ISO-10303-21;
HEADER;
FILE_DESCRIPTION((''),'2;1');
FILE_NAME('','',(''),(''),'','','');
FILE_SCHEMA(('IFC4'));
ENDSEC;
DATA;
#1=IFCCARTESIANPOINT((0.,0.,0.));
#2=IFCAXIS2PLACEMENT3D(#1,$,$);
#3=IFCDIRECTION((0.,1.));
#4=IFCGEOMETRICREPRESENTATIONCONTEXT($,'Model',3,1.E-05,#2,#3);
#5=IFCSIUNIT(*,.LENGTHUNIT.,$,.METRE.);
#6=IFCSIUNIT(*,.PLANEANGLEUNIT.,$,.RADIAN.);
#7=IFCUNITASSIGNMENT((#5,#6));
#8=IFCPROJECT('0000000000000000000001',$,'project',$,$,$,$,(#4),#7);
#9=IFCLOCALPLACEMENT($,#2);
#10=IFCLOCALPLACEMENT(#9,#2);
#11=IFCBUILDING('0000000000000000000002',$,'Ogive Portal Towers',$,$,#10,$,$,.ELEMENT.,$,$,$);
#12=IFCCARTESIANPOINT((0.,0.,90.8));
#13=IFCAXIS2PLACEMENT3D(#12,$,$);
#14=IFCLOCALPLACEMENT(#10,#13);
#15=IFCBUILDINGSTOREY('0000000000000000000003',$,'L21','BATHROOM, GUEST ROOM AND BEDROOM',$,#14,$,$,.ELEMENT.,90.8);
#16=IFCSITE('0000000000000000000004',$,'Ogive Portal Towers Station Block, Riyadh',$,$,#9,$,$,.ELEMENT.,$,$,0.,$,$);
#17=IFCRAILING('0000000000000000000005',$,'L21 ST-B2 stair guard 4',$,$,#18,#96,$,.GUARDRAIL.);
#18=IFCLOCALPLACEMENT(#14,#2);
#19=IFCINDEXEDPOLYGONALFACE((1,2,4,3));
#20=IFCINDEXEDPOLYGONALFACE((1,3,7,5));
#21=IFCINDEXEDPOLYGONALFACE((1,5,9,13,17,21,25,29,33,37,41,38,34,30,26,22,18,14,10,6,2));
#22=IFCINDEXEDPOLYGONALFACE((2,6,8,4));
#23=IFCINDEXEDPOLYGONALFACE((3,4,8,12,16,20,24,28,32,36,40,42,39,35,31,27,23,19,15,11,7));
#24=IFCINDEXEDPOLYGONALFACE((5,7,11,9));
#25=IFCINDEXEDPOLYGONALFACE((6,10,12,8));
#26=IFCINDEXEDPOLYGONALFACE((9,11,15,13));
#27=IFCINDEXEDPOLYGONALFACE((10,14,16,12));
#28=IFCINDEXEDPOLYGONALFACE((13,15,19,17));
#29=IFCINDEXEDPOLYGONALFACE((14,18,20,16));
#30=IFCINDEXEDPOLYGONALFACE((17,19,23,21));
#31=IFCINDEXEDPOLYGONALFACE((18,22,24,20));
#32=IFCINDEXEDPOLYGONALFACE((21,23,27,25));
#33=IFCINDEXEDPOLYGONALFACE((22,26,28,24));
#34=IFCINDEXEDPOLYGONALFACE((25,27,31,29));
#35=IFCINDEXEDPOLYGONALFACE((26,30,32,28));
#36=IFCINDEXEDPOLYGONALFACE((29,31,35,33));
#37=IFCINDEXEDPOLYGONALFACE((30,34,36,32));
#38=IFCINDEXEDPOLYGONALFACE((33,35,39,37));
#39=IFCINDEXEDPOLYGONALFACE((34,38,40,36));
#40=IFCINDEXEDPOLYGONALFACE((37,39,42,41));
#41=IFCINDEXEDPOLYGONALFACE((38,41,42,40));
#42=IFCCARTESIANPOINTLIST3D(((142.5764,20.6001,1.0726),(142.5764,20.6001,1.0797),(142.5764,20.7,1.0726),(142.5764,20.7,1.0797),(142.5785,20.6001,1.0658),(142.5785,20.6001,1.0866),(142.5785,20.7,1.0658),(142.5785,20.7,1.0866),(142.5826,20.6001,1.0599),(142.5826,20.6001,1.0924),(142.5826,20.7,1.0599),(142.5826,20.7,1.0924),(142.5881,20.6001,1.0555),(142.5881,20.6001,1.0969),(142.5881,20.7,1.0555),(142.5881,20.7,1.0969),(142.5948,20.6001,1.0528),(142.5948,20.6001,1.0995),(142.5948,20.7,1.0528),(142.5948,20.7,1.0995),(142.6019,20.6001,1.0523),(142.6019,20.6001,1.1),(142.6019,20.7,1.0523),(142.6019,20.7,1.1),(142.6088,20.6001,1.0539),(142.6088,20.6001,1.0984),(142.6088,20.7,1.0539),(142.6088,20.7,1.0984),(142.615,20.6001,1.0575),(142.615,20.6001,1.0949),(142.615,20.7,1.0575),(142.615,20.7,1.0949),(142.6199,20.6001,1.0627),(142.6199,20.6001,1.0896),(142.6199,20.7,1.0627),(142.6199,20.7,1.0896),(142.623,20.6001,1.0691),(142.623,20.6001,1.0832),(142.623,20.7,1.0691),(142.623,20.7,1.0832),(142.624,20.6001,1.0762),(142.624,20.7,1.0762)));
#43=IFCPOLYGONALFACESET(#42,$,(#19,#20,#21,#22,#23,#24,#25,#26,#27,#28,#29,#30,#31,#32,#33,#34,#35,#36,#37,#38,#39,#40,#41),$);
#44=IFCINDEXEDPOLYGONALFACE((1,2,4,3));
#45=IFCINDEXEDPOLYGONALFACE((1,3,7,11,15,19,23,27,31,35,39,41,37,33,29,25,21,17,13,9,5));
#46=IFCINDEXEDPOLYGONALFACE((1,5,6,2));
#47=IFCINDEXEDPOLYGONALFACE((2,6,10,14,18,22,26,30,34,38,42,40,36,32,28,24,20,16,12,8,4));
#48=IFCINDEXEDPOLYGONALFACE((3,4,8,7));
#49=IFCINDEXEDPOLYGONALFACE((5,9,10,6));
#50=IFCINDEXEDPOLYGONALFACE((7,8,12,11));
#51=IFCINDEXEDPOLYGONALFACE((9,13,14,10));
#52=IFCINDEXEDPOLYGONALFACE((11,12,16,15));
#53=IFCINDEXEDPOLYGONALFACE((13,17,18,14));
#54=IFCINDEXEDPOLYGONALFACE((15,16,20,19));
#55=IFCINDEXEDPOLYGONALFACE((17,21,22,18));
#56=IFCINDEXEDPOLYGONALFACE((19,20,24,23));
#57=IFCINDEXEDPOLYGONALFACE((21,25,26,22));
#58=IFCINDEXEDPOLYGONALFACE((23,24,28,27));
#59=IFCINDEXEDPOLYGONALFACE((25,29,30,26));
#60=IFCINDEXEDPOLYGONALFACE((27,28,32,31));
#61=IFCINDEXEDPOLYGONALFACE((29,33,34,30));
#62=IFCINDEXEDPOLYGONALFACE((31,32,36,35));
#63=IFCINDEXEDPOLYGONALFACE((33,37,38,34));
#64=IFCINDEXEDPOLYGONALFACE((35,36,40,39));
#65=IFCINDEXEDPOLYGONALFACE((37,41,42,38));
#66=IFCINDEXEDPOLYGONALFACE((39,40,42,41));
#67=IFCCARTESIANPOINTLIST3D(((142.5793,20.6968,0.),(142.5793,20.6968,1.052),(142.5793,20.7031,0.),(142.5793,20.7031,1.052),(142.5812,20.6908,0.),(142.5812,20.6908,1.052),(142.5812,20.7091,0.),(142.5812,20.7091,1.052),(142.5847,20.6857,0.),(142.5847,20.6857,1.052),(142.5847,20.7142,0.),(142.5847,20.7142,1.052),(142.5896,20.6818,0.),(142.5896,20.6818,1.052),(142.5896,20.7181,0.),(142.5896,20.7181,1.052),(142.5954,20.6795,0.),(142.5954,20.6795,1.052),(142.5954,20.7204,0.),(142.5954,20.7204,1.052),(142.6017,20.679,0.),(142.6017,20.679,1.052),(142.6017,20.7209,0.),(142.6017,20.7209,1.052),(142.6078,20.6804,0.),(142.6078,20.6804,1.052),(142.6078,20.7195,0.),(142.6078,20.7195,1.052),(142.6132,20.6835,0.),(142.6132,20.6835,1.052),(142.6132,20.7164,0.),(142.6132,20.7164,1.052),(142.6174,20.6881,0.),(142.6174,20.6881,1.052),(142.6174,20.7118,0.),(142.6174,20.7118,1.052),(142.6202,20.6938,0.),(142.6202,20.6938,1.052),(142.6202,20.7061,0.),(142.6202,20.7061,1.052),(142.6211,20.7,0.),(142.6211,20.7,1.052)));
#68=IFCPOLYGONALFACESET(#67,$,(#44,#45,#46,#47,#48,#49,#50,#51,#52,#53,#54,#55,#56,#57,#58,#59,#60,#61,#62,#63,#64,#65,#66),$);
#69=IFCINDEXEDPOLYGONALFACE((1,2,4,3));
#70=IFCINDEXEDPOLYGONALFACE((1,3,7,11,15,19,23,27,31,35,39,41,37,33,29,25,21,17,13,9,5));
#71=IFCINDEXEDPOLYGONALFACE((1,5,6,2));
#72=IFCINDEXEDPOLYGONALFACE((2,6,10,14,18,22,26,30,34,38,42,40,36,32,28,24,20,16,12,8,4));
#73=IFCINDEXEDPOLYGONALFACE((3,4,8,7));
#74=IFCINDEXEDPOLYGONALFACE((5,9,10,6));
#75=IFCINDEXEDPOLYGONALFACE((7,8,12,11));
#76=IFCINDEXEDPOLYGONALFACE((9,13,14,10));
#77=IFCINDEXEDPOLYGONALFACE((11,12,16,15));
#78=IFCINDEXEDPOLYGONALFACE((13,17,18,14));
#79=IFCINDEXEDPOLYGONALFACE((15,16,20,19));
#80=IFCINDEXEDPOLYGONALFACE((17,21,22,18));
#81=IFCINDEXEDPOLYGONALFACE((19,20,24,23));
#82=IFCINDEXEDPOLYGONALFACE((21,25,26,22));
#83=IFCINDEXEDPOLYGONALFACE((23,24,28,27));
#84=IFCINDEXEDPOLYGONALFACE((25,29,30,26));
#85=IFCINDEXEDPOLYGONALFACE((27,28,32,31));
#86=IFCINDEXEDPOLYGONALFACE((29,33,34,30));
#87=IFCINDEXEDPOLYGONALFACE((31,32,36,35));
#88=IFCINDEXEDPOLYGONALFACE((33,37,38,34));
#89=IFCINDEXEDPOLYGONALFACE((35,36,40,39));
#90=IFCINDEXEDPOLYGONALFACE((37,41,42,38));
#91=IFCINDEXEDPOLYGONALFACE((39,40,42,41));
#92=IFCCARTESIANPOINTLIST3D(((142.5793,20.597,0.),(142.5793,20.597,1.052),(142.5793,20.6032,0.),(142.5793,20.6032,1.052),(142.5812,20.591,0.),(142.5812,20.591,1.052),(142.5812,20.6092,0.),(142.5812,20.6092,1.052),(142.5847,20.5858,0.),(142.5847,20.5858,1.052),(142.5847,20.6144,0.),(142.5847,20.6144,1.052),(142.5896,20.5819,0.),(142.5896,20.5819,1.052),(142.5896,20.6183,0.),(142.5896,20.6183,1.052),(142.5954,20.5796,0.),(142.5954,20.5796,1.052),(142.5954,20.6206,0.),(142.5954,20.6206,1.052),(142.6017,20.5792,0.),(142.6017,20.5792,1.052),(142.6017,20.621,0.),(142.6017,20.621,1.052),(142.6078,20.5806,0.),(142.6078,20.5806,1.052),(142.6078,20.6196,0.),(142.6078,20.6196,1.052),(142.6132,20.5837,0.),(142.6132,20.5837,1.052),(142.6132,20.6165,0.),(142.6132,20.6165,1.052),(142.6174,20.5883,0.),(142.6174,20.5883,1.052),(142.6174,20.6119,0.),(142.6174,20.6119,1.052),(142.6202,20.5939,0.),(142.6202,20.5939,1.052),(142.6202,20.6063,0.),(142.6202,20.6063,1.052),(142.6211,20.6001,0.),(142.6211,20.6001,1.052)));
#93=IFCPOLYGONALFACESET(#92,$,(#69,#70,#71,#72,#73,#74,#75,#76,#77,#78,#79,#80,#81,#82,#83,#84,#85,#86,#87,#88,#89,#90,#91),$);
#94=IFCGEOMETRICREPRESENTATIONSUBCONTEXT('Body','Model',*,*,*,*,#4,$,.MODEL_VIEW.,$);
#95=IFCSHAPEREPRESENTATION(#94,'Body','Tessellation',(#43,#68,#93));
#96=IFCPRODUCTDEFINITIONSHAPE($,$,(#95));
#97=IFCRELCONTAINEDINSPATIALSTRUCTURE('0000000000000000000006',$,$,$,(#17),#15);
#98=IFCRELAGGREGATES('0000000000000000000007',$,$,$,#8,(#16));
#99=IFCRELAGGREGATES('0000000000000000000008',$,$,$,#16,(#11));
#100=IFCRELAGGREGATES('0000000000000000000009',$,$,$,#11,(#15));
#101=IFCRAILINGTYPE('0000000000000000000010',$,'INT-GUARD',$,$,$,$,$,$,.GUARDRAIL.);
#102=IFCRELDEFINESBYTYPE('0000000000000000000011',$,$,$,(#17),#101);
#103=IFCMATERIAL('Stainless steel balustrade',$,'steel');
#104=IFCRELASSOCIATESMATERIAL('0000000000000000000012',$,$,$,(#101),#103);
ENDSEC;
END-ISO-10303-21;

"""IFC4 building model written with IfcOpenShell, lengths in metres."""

from ifc_helpers import new_model, si_unit, direction, frame, origin, origin_2d, place, context, subcontext, project, spatial, circle, extrude, material, type_object, element, save


model = new_model("IFC4")

# Units and contexts
model_context = context("Model", 3, precision=1e-05, world=origin(), true_north=direction((0.0, 1.0)))
body_context = subcontext(model_context, "Body", "Model", "MODEL_VIEW")
ifc_project = project(units=[si_unit("LENGTHUNIT", "METRE"), si_unit("PLANEANGLEUNIT", "RADIAN")], contexts=[model_context])

# Site, building, storey
site_placement = place(None, origin())
site = spatial("IfcSite", under=ifc_project, at=site_placement, Name="Ogive Portal Towers Station Block, Riyadh", CompositionType="ELEMENT", RefElevation=0.0)
building_placement = place(site_placement, origin())
building = spatial("IfcBuilding", under=site, at=building_placement, Name="Ogive Portal Towers", CompositionType="ELEMENT")
storey_placement = place(building_placement, frame((0.0, 0.0, 90.8)))
storey = spatial("IfcBuildingStorey", under=building, at=storey_placement, Name="L21", Description="BATHROOM, GUEST ROOM AND BEDROOM", CompositionType="ELEMENT", Elevation=90.8)

# Railing
ifc_material_1 = material(Name="Stainless steel balustrade", Category="steel")
railing_type_1 = type_object("IfcRailingType", Name="INT-GUARD", PredefinedType="GUARDRAIL", material=ifc_material_1)
railing_1_placement = place(storey_placement, frame((142.6001, 20.7, 0.0)))
element("IfcRailing", 1, at=railing_1_placement, inside=storey, type_object=railing_type_1, Name="L21 ST-B2 stair guard 4", PredefinedType="GUARDRAIL", context=body_context, shape_type="SweptSolid", body=[
    extrude(circle(Radius=0.0239, at=origin_2d()), frame((0.0, 0.0, 1.0762), z_axis=(0.0, -1.0, 0.0), x_axis=(1.0, 0.0, 0.0)), (0.0, 0.0, 1.0), 0.0999),
    extrude(circle(Radius=0.021, at=origin_2d()), origin(), (0.0, 0.0, 1.0), 1.052),
    extrude(circle(Radius=0.021, at=origin_2d()), frame((0.0, -0.0999, 0.0)), (0.0, 0.0, 1.0), 1.052),
])

save(model, "model.ifc")
